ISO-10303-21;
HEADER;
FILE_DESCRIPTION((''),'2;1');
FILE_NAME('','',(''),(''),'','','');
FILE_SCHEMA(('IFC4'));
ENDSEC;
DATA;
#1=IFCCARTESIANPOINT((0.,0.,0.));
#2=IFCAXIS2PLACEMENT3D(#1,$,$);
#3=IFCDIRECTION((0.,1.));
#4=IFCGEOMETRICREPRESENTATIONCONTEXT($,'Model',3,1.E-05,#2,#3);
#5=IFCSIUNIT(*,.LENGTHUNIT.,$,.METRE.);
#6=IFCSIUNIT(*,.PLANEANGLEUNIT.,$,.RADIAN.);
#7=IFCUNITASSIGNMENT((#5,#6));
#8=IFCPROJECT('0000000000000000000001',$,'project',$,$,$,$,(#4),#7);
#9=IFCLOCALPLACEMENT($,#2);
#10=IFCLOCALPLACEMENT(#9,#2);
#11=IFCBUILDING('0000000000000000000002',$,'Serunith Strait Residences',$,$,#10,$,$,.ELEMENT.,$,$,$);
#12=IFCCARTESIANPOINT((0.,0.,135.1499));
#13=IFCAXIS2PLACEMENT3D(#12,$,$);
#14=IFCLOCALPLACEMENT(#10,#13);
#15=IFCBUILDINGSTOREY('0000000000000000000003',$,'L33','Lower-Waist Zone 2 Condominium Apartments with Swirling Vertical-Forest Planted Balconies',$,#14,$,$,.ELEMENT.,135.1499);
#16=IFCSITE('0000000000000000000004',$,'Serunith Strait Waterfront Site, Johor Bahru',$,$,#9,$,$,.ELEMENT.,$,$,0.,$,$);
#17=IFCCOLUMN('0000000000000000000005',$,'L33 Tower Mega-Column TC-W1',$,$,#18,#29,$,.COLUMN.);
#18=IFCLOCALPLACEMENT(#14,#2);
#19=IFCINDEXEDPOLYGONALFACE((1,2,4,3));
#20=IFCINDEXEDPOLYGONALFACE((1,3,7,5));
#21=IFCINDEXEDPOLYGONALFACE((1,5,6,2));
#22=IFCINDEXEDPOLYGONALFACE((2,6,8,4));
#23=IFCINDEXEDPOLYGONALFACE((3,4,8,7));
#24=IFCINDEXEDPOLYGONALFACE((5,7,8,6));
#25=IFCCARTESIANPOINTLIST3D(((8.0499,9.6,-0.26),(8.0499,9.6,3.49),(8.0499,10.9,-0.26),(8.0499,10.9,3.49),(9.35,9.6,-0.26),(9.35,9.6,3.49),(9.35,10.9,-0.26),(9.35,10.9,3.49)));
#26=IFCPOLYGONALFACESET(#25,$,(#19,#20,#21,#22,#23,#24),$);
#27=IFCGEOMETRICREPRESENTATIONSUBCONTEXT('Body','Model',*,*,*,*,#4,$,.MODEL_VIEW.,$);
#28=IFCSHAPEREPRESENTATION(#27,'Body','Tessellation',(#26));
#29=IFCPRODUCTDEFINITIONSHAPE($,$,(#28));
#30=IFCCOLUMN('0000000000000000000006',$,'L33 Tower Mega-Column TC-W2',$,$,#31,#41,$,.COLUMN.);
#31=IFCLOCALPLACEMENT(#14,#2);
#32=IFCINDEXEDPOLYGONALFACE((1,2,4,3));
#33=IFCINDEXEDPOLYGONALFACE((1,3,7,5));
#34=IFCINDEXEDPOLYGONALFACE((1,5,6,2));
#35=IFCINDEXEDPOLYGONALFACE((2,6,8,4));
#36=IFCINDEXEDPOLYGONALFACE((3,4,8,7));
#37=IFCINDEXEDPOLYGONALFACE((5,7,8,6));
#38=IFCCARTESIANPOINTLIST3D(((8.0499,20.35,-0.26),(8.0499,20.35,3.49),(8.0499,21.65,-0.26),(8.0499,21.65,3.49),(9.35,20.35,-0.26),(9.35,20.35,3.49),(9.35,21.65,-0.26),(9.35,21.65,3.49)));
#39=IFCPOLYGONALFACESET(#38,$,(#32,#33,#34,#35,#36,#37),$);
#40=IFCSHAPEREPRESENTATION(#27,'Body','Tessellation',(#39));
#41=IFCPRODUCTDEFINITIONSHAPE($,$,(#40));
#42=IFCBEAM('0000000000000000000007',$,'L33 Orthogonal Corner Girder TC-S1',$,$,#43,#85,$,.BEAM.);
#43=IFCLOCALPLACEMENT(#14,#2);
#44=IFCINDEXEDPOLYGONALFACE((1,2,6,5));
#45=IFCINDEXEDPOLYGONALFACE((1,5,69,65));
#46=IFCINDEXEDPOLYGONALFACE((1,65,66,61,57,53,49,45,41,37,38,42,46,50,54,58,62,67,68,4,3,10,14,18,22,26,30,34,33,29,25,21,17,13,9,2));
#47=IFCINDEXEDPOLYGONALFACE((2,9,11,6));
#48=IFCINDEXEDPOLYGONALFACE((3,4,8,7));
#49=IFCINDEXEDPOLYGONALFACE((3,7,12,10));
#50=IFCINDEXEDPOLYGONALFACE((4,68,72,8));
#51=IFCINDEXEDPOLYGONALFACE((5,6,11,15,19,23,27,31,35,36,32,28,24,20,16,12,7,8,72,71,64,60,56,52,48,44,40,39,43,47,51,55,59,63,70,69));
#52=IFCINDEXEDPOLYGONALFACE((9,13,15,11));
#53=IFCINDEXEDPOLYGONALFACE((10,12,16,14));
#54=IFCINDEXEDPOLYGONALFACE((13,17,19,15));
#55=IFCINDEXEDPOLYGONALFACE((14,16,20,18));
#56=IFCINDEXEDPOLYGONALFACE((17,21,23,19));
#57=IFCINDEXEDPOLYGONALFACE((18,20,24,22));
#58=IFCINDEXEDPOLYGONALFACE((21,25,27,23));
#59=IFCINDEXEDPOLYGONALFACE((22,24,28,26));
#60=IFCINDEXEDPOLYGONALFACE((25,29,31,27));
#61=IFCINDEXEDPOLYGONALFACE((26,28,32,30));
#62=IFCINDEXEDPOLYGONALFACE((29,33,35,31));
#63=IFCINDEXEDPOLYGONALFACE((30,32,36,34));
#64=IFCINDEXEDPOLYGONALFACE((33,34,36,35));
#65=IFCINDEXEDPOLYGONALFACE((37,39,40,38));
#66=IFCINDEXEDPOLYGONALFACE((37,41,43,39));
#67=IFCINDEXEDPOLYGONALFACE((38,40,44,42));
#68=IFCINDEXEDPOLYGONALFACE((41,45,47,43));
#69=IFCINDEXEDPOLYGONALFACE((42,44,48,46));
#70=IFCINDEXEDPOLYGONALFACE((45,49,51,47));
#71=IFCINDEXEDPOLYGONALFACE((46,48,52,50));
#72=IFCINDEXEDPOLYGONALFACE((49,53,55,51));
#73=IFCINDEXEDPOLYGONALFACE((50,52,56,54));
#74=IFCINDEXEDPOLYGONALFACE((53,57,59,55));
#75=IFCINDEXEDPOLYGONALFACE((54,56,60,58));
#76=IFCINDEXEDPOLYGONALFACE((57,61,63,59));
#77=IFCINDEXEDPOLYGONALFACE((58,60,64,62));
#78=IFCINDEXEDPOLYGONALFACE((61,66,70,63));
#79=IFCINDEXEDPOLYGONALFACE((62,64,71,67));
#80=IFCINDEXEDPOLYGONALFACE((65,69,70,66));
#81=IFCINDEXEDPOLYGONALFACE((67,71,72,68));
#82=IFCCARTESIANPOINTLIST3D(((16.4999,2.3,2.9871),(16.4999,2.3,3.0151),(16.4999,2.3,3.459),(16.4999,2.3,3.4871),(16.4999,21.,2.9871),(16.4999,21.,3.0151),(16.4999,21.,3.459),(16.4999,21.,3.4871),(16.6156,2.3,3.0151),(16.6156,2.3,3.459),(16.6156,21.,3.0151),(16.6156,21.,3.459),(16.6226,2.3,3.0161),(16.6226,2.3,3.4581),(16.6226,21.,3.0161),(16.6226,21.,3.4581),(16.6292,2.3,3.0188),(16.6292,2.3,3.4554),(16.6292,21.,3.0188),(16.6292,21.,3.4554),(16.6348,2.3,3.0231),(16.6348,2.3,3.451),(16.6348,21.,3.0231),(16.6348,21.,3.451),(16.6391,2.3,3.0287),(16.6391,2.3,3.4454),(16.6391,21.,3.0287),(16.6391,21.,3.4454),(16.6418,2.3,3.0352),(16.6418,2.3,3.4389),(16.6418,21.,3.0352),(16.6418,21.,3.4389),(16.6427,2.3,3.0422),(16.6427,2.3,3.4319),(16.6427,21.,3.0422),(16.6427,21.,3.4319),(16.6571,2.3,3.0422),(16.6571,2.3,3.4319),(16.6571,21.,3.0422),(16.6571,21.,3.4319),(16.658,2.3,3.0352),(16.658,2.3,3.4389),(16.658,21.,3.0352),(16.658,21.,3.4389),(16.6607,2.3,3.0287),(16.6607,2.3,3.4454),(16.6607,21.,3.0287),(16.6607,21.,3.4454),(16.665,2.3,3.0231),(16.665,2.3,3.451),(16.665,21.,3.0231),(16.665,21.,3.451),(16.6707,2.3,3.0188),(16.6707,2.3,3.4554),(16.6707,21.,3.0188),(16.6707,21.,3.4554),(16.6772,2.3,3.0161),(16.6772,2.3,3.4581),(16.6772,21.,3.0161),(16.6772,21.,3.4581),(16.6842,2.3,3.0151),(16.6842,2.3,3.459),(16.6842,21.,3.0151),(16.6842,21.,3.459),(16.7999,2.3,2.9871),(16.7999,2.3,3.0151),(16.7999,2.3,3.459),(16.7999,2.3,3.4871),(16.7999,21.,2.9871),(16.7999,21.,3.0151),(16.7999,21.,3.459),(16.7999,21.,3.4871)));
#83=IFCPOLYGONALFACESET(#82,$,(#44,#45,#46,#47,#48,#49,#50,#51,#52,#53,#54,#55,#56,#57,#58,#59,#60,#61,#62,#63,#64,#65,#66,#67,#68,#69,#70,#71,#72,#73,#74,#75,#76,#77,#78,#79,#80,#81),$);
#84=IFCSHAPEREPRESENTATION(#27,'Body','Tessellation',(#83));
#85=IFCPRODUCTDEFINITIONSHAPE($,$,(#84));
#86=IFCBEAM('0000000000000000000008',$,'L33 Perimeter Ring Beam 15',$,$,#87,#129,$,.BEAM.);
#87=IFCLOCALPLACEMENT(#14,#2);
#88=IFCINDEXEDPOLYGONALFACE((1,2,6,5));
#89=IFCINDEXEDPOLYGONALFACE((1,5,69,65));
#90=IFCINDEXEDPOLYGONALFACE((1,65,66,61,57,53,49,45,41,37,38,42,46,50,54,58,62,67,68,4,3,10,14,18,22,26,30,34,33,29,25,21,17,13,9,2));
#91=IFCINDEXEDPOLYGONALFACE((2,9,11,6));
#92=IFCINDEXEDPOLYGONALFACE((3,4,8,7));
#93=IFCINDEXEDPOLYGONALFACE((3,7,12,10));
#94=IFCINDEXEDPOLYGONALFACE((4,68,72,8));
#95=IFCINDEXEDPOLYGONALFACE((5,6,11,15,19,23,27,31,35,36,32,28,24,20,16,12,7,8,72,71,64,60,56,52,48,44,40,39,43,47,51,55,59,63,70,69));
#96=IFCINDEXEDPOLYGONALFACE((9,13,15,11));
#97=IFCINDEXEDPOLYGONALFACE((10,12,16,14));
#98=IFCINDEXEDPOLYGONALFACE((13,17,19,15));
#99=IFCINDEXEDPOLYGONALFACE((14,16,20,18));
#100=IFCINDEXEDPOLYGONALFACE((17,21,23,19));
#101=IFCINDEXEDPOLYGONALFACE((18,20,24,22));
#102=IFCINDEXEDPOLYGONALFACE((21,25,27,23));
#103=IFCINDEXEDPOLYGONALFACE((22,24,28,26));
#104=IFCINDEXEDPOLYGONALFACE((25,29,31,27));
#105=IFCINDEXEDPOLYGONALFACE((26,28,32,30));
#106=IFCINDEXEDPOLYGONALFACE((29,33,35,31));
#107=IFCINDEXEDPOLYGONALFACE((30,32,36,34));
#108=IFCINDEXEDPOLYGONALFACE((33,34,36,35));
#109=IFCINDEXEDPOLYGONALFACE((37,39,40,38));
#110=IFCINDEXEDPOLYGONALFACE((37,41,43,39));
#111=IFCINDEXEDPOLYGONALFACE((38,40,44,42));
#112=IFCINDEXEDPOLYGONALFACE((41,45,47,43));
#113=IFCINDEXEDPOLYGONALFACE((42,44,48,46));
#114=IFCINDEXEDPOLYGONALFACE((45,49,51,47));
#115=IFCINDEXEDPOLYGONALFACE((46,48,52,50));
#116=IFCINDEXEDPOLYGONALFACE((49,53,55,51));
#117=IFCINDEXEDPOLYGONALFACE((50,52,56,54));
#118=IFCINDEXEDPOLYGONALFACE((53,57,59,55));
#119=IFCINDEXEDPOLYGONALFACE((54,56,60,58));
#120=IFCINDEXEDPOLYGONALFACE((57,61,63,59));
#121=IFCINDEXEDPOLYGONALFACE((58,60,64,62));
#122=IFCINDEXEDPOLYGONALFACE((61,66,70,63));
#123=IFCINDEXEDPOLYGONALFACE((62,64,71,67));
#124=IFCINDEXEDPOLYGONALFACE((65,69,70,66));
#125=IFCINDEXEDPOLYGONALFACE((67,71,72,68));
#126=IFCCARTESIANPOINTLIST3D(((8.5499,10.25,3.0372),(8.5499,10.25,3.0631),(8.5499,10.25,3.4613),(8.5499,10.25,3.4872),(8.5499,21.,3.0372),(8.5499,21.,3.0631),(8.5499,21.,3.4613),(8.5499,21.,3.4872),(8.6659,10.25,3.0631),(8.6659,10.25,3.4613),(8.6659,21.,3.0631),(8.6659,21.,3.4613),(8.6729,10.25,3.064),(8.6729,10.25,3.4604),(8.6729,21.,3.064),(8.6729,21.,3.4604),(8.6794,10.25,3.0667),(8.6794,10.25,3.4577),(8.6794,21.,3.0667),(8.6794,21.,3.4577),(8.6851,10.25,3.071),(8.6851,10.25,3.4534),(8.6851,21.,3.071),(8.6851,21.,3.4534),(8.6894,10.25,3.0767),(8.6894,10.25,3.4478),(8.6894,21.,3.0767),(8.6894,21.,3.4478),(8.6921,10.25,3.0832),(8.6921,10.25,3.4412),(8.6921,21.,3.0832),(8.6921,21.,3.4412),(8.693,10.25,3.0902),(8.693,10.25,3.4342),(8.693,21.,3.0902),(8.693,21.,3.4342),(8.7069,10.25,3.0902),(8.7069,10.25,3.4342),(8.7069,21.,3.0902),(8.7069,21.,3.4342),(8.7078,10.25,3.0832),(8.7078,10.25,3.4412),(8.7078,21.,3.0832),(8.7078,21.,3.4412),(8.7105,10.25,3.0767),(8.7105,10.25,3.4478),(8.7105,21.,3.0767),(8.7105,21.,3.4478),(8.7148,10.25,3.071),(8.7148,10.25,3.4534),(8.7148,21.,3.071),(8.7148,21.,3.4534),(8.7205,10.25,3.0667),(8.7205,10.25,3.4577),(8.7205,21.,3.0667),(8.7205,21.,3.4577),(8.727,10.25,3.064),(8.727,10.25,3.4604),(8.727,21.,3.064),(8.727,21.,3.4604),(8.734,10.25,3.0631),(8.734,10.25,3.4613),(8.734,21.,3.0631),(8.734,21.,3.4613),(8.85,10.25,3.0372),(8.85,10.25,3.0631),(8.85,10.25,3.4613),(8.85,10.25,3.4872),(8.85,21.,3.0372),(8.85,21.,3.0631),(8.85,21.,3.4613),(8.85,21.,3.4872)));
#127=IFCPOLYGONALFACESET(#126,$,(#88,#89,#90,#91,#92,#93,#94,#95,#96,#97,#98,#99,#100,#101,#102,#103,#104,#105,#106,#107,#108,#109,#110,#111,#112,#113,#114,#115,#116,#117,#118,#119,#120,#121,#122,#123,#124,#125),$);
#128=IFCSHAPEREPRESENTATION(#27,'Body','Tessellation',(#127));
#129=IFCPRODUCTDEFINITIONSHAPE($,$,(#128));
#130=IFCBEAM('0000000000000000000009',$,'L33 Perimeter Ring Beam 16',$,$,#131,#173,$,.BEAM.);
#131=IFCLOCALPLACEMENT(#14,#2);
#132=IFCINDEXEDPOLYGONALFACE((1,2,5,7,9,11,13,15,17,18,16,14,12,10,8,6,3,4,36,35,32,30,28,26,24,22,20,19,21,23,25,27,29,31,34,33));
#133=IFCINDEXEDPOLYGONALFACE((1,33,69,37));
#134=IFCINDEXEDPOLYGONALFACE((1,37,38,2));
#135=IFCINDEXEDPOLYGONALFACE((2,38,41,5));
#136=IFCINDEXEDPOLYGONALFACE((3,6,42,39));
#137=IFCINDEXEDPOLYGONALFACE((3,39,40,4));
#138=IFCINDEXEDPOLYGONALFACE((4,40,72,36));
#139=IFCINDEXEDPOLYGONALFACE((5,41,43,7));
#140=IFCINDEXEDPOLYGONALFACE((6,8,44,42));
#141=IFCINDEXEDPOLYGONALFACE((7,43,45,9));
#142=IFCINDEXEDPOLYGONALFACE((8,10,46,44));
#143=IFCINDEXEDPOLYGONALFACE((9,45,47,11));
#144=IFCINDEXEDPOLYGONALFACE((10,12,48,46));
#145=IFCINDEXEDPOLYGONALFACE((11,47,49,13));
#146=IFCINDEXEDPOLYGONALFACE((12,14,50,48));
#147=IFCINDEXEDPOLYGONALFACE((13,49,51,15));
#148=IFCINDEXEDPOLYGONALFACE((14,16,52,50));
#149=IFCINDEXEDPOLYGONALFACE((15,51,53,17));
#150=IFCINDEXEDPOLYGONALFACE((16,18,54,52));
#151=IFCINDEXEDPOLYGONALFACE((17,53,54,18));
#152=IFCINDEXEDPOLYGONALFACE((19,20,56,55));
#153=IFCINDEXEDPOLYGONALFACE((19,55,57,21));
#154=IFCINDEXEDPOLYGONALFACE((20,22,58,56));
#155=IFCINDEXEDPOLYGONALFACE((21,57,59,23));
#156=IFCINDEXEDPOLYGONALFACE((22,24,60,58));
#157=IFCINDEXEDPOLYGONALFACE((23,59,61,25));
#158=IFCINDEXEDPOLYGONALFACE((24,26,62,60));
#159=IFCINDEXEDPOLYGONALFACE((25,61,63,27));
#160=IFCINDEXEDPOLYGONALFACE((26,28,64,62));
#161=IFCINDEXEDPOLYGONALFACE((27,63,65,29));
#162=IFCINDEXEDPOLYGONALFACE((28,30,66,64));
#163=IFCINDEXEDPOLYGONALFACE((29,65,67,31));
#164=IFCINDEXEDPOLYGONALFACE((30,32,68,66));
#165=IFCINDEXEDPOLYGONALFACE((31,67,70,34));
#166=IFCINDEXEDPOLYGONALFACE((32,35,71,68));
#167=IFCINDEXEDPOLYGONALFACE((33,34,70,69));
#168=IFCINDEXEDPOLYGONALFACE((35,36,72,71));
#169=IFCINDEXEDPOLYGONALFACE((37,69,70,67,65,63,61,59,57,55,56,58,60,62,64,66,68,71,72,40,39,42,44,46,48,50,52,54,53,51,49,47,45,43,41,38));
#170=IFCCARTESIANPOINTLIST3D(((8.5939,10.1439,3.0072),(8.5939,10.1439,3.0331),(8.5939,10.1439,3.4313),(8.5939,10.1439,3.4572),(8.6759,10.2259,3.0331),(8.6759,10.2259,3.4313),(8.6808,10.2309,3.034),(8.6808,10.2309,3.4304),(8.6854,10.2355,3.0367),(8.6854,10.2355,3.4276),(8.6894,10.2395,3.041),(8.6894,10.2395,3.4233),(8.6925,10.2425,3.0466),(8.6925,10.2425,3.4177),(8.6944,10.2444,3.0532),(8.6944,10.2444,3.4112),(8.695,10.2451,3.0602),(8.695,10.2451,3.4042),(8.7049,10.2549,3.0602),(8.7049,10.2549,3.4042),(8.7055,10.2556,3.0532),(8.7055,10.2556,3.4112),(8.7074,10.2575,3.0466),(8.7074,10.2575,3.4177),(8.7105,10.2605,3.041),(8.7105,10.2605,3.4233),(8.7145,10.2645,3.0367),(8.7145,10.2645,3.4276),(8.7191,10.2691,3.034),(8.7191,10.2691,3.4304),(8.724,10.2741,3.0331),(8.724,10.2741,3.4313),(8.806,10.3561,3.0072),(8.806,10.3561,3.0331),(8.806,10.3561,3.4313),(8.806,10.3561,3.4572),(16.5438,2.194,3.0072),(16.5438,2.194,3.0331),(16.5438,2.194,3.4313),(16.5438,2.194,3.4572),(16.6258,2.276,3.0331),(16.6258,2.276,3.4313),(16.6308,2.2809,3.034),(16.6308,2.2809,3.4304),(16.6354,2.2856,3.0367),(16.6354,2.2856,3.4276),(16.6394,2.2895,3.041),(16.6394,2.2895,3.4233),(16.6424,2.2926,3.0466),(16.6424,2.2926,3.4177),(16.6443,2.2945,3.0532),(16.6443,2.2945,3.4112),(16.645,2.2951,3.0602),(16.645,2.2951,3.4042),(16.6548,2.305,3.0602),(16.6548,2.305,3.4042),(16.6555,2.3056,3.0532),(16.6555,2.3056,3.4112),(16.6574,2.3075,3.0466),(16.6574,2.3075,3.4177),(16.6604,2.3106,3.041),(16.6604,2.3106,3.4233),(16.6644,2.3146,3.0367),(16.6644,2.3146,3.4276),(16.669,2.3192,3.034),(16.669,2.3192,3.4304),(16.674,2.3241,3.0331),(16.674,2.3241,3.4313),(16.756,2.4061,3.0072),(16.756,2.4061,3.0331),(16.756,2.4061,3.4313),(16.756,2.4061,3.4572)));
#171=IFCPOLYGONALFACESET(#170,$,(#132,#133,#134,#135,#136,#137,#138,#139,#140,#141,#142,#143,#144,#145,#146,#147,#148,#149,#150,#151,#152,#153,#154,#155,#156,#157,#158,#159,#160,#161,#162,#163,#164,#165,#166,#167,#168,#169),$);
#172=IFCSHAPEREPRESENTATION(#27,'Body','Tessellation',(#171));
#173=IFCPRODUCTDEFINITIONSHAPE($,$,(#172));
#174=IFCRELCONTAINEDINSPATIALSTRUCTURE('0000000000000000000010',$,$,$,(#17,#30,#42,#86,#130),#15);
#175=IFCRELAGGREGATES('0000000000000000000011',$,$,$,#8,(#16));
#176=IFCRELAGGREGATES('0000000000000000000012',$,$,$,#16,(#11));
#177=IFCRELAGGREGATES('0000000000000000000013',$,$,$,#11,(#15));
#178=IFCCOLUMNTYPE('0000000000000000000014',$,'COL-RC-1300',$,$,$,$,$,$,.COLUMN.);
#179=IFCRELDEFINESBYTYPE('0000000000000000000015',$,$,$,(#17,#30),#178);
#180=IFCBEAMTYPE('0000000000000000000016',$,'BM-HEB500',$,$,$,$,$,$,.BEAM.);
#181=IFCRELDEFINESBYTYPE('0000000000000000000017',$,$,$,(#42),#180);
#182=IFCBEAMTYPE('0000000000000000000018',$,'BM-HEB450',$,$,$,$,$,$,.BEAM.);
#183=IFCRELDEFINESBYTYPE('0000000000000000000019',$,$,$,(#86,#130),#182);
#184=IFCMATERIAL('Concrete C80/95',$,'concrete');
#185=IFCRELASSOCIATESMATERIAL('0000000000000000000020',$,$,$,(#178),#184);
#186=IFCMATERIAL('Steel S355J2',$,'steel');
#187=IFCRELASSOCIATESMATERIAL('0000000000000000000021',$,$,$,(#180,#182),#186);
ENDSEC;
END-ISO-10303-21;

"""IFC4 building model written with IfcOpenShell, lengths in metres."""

from ifc_helpers import new_model, si_unit, direction, frame, origin, origin_2d, place, context, subcontext, project, spatial, rectangle, i_section, extrude, source, transform, mapped, material, material_profile, profile_set, type_object, element, save


model = new_model("IFC4")

# Units and contexts
model_context = context("Model", 3, precision=1e-05, world=origin(), true_north=direction((0.0, 1.0)))
body_context = subcontext(model_context, "Body", "Model", "MODEL_VIEW")
ifc_project = project(units=[si_unit("LENGTHUNIT", "METRE"), si_unit("PLANEANGLEUNIT", "RADIAN")], contexts=[model_context])

# Site, building, storey
site_placement = place(None, origin())
site = spatial("IfcSite", under=ifc_project, at=site_placement, Name="Serunith Strait Waterfront Site, Johor Bahru", CompositionType="ELEMENT", RefElevation=0.0)
building_placement = place(site_placement, origin())
building = spatial("IfcBuilding", under=site, at=building_placement, Name="Serunith Strait Residences", CompositionType="ELEMENT")
storey_placement = place(building_placement, frame((0.0, 0.0, 135.1499)))
storey = spatial("IfcBuildingStorey", under=building, at=storey_placement, Name="L33", Description="Lower-Waist Zone 2 Condominium Apartments with Swirling Vertical-Forest Planted Balconies", CompositionType="ELEMENT", Elevation=135.1499)

# Columns
ifc_material_1 = material(Name="Concrete C80/95", Category="concrete")
ifc_material_profile_1 = material_profile(ifc_material_1, rectangle(XDim=1.3, YDim=1.3, at=origin_2d()), Name="RC 1300x1300")
ifc_profile_set_1 = profile_set([ifc_material_profile_1], Name="Concrete C80/95")
column_type = type_object("IfcColumnType", Name="COL-RC-1300", PredefinedType="COLUMN", material=ifc_profile_set_1)
shared_shape_1 = source(origin(), body_context, "Body", "SweptSolid", [
    extrude(rectangle(XDim=1.3, YDim=1.3, at=origin_2d()), origin(), (0.0, 0.0, 1.0), 3.75),
])
for number, where, z_axis, x_axis, name in (
    (1, (8.7, 10.25, -0.26), (0.0, 0.0, 1.0), (1.0, 0.0, 0.0), "L33 Tower Mega-Column TC-W1"),
    (2, (8.7, 21.0, -0.26), (0.0, 0.0, 1.0), (1.0, 0.0, 0.0), "L33 Tower Mega-Column TC-W2"),
):
    element("IfcColumn", number, at=place(storey_placement, frame(where, z_axis=z_axis, x_axis=x_axis)), inside=storey, type_object=column_type, Name=name, PredefinedType="COLUMN", context=body_context, shape_type="MappedRepresentation", body=[
        mapped(shared_shape_1, transform((0.0, 0.0, 0.0), scale=1.0)),
    ])

# Beams
ifc_material_2 = material(Name="Steel S355J2", Category="steel")
ifc_material_profile_2 = material_profile(ifc_material_2, i_section(OverallWidth=0.3, OverallDepth=0.5, WebThickness=0.0144, FlangeThickness=0.0281, FilletRadius=0.0271, at=origin_2d()), Name="HEB 500")
ifc_profile_set_2 = profile_set([ifc_material_profile_2], Name="Steel S355J2")
beam_type_1 = type_object("IfcBeamType", Name="BM-HEB500", PredefinedType="BEAM", material=ifc_profile_set_2)
shared_shape_2 = source(origin(), body_context, "Body", "SweptSolid", [
    extrude(i_section(OverallWidth=0.3, OverallDepth=0.5, WebThickness=0.0144, FlangeThickness=0.0281, FilletRadius=0.0271, at=origin_2d()), origin(), (0.0, 0.0, 1.0), 18.7),
])
beam_1_placement = place(storey_placement, frame((16.6499, 21.0, 3.2371), z_axis=(0.0, -1.0, 0.0), x_axis=(1.0, 0.0, 0.0)))
element("IfcBeam", 3, at=beam_1_placement, inside=storey, type_object=beam_type_1, Name="L33 Orthogonal Corner Girder TC-S1", PredefinedType="BEAM", context=body_context, shape_type="MappedRepresentation", body=[
    mapped(shared_shape_2, transform((0.0, 0.0, 0.0), scale=1.0)),
])
ifc_material_profile_3 = material_profile(ifc_material_2, i_section(OverallWidth=0.3, OverallDepth=0.45, WebThickness=0.0139, FlangeThickness=0.0259, FilletRadius=0.0271, at=origin_2d()), Name="HEB 450")
ifc_profile_set_3 = profile_set([ifc_material_profile_3], Name="Steel S355J2")
beam_type_2 = type_object("IfcBeamType", Name="BM-HEB450", PredefinedType="BEAM", material=ifc_profile_set_3)
shared_shape_3 = source(origin(), body_context, "Body", "SweptSolid", [
    extrude(i_section(OverallWidth=0.3, OverallDepth=0.45, WebThickness=0.0139, FlangeThickness=0.0259, FilletRadius=0.0271, at=origin_2d()), origin(), (0.0, 0.0, 1.0), 10.75),
])
beam_2_placement = place(storey_placement, frame((8.7, 21.0, 3.2622), z_axis=(0.0, -1.0, 0.0), x_axis=(1.0, 0.0, 0.0)))
element("IfcBeam", 4, at=beam_2_placement, inside=storey, type_object=beam_type_2, Name="L33 Perimeter Ring Beam 15", PredefinedType="BEAM", context=body_context, shape_type="MappedRepresentation", body=[
    mapped(shared_shape_3, transform((0.0, 0.0, 0.0), scale=1.0)),
])
shared_shape_4 = source(origin(), body_context, "Body", "SweptSolid", [
    extrude(i_section(OverallWidth=0.3, OverallDepth=0.45, WebThickness=0.0139, FlangeThickness=0.0259, FilletRadius=0.0271, at=origin_2d()), origin(), (0.0, 0.0, 1.0), 11.2429),
])
beam_3_placement = place(storey_placement, frame((8.7, 10.25, 3.2322), z_axis=(0.707107, -0.707107, 0.0), x_axis=(0.707107, 0.707107, 0.0)))
element("IfcBeam", 5, at=beam_3_placement, inside=storey, type_object=beam_type_2, Name="L33 Perimeter Ring Beam 16", PredefinedType="BEAM", context=body_context, shape_type="MappedRepresentation", body=[
    mapped(shared_shape_4, transform((0.0, 0.0, 0.0), scale=1.0)),
])

save(model, "model.ifc")
